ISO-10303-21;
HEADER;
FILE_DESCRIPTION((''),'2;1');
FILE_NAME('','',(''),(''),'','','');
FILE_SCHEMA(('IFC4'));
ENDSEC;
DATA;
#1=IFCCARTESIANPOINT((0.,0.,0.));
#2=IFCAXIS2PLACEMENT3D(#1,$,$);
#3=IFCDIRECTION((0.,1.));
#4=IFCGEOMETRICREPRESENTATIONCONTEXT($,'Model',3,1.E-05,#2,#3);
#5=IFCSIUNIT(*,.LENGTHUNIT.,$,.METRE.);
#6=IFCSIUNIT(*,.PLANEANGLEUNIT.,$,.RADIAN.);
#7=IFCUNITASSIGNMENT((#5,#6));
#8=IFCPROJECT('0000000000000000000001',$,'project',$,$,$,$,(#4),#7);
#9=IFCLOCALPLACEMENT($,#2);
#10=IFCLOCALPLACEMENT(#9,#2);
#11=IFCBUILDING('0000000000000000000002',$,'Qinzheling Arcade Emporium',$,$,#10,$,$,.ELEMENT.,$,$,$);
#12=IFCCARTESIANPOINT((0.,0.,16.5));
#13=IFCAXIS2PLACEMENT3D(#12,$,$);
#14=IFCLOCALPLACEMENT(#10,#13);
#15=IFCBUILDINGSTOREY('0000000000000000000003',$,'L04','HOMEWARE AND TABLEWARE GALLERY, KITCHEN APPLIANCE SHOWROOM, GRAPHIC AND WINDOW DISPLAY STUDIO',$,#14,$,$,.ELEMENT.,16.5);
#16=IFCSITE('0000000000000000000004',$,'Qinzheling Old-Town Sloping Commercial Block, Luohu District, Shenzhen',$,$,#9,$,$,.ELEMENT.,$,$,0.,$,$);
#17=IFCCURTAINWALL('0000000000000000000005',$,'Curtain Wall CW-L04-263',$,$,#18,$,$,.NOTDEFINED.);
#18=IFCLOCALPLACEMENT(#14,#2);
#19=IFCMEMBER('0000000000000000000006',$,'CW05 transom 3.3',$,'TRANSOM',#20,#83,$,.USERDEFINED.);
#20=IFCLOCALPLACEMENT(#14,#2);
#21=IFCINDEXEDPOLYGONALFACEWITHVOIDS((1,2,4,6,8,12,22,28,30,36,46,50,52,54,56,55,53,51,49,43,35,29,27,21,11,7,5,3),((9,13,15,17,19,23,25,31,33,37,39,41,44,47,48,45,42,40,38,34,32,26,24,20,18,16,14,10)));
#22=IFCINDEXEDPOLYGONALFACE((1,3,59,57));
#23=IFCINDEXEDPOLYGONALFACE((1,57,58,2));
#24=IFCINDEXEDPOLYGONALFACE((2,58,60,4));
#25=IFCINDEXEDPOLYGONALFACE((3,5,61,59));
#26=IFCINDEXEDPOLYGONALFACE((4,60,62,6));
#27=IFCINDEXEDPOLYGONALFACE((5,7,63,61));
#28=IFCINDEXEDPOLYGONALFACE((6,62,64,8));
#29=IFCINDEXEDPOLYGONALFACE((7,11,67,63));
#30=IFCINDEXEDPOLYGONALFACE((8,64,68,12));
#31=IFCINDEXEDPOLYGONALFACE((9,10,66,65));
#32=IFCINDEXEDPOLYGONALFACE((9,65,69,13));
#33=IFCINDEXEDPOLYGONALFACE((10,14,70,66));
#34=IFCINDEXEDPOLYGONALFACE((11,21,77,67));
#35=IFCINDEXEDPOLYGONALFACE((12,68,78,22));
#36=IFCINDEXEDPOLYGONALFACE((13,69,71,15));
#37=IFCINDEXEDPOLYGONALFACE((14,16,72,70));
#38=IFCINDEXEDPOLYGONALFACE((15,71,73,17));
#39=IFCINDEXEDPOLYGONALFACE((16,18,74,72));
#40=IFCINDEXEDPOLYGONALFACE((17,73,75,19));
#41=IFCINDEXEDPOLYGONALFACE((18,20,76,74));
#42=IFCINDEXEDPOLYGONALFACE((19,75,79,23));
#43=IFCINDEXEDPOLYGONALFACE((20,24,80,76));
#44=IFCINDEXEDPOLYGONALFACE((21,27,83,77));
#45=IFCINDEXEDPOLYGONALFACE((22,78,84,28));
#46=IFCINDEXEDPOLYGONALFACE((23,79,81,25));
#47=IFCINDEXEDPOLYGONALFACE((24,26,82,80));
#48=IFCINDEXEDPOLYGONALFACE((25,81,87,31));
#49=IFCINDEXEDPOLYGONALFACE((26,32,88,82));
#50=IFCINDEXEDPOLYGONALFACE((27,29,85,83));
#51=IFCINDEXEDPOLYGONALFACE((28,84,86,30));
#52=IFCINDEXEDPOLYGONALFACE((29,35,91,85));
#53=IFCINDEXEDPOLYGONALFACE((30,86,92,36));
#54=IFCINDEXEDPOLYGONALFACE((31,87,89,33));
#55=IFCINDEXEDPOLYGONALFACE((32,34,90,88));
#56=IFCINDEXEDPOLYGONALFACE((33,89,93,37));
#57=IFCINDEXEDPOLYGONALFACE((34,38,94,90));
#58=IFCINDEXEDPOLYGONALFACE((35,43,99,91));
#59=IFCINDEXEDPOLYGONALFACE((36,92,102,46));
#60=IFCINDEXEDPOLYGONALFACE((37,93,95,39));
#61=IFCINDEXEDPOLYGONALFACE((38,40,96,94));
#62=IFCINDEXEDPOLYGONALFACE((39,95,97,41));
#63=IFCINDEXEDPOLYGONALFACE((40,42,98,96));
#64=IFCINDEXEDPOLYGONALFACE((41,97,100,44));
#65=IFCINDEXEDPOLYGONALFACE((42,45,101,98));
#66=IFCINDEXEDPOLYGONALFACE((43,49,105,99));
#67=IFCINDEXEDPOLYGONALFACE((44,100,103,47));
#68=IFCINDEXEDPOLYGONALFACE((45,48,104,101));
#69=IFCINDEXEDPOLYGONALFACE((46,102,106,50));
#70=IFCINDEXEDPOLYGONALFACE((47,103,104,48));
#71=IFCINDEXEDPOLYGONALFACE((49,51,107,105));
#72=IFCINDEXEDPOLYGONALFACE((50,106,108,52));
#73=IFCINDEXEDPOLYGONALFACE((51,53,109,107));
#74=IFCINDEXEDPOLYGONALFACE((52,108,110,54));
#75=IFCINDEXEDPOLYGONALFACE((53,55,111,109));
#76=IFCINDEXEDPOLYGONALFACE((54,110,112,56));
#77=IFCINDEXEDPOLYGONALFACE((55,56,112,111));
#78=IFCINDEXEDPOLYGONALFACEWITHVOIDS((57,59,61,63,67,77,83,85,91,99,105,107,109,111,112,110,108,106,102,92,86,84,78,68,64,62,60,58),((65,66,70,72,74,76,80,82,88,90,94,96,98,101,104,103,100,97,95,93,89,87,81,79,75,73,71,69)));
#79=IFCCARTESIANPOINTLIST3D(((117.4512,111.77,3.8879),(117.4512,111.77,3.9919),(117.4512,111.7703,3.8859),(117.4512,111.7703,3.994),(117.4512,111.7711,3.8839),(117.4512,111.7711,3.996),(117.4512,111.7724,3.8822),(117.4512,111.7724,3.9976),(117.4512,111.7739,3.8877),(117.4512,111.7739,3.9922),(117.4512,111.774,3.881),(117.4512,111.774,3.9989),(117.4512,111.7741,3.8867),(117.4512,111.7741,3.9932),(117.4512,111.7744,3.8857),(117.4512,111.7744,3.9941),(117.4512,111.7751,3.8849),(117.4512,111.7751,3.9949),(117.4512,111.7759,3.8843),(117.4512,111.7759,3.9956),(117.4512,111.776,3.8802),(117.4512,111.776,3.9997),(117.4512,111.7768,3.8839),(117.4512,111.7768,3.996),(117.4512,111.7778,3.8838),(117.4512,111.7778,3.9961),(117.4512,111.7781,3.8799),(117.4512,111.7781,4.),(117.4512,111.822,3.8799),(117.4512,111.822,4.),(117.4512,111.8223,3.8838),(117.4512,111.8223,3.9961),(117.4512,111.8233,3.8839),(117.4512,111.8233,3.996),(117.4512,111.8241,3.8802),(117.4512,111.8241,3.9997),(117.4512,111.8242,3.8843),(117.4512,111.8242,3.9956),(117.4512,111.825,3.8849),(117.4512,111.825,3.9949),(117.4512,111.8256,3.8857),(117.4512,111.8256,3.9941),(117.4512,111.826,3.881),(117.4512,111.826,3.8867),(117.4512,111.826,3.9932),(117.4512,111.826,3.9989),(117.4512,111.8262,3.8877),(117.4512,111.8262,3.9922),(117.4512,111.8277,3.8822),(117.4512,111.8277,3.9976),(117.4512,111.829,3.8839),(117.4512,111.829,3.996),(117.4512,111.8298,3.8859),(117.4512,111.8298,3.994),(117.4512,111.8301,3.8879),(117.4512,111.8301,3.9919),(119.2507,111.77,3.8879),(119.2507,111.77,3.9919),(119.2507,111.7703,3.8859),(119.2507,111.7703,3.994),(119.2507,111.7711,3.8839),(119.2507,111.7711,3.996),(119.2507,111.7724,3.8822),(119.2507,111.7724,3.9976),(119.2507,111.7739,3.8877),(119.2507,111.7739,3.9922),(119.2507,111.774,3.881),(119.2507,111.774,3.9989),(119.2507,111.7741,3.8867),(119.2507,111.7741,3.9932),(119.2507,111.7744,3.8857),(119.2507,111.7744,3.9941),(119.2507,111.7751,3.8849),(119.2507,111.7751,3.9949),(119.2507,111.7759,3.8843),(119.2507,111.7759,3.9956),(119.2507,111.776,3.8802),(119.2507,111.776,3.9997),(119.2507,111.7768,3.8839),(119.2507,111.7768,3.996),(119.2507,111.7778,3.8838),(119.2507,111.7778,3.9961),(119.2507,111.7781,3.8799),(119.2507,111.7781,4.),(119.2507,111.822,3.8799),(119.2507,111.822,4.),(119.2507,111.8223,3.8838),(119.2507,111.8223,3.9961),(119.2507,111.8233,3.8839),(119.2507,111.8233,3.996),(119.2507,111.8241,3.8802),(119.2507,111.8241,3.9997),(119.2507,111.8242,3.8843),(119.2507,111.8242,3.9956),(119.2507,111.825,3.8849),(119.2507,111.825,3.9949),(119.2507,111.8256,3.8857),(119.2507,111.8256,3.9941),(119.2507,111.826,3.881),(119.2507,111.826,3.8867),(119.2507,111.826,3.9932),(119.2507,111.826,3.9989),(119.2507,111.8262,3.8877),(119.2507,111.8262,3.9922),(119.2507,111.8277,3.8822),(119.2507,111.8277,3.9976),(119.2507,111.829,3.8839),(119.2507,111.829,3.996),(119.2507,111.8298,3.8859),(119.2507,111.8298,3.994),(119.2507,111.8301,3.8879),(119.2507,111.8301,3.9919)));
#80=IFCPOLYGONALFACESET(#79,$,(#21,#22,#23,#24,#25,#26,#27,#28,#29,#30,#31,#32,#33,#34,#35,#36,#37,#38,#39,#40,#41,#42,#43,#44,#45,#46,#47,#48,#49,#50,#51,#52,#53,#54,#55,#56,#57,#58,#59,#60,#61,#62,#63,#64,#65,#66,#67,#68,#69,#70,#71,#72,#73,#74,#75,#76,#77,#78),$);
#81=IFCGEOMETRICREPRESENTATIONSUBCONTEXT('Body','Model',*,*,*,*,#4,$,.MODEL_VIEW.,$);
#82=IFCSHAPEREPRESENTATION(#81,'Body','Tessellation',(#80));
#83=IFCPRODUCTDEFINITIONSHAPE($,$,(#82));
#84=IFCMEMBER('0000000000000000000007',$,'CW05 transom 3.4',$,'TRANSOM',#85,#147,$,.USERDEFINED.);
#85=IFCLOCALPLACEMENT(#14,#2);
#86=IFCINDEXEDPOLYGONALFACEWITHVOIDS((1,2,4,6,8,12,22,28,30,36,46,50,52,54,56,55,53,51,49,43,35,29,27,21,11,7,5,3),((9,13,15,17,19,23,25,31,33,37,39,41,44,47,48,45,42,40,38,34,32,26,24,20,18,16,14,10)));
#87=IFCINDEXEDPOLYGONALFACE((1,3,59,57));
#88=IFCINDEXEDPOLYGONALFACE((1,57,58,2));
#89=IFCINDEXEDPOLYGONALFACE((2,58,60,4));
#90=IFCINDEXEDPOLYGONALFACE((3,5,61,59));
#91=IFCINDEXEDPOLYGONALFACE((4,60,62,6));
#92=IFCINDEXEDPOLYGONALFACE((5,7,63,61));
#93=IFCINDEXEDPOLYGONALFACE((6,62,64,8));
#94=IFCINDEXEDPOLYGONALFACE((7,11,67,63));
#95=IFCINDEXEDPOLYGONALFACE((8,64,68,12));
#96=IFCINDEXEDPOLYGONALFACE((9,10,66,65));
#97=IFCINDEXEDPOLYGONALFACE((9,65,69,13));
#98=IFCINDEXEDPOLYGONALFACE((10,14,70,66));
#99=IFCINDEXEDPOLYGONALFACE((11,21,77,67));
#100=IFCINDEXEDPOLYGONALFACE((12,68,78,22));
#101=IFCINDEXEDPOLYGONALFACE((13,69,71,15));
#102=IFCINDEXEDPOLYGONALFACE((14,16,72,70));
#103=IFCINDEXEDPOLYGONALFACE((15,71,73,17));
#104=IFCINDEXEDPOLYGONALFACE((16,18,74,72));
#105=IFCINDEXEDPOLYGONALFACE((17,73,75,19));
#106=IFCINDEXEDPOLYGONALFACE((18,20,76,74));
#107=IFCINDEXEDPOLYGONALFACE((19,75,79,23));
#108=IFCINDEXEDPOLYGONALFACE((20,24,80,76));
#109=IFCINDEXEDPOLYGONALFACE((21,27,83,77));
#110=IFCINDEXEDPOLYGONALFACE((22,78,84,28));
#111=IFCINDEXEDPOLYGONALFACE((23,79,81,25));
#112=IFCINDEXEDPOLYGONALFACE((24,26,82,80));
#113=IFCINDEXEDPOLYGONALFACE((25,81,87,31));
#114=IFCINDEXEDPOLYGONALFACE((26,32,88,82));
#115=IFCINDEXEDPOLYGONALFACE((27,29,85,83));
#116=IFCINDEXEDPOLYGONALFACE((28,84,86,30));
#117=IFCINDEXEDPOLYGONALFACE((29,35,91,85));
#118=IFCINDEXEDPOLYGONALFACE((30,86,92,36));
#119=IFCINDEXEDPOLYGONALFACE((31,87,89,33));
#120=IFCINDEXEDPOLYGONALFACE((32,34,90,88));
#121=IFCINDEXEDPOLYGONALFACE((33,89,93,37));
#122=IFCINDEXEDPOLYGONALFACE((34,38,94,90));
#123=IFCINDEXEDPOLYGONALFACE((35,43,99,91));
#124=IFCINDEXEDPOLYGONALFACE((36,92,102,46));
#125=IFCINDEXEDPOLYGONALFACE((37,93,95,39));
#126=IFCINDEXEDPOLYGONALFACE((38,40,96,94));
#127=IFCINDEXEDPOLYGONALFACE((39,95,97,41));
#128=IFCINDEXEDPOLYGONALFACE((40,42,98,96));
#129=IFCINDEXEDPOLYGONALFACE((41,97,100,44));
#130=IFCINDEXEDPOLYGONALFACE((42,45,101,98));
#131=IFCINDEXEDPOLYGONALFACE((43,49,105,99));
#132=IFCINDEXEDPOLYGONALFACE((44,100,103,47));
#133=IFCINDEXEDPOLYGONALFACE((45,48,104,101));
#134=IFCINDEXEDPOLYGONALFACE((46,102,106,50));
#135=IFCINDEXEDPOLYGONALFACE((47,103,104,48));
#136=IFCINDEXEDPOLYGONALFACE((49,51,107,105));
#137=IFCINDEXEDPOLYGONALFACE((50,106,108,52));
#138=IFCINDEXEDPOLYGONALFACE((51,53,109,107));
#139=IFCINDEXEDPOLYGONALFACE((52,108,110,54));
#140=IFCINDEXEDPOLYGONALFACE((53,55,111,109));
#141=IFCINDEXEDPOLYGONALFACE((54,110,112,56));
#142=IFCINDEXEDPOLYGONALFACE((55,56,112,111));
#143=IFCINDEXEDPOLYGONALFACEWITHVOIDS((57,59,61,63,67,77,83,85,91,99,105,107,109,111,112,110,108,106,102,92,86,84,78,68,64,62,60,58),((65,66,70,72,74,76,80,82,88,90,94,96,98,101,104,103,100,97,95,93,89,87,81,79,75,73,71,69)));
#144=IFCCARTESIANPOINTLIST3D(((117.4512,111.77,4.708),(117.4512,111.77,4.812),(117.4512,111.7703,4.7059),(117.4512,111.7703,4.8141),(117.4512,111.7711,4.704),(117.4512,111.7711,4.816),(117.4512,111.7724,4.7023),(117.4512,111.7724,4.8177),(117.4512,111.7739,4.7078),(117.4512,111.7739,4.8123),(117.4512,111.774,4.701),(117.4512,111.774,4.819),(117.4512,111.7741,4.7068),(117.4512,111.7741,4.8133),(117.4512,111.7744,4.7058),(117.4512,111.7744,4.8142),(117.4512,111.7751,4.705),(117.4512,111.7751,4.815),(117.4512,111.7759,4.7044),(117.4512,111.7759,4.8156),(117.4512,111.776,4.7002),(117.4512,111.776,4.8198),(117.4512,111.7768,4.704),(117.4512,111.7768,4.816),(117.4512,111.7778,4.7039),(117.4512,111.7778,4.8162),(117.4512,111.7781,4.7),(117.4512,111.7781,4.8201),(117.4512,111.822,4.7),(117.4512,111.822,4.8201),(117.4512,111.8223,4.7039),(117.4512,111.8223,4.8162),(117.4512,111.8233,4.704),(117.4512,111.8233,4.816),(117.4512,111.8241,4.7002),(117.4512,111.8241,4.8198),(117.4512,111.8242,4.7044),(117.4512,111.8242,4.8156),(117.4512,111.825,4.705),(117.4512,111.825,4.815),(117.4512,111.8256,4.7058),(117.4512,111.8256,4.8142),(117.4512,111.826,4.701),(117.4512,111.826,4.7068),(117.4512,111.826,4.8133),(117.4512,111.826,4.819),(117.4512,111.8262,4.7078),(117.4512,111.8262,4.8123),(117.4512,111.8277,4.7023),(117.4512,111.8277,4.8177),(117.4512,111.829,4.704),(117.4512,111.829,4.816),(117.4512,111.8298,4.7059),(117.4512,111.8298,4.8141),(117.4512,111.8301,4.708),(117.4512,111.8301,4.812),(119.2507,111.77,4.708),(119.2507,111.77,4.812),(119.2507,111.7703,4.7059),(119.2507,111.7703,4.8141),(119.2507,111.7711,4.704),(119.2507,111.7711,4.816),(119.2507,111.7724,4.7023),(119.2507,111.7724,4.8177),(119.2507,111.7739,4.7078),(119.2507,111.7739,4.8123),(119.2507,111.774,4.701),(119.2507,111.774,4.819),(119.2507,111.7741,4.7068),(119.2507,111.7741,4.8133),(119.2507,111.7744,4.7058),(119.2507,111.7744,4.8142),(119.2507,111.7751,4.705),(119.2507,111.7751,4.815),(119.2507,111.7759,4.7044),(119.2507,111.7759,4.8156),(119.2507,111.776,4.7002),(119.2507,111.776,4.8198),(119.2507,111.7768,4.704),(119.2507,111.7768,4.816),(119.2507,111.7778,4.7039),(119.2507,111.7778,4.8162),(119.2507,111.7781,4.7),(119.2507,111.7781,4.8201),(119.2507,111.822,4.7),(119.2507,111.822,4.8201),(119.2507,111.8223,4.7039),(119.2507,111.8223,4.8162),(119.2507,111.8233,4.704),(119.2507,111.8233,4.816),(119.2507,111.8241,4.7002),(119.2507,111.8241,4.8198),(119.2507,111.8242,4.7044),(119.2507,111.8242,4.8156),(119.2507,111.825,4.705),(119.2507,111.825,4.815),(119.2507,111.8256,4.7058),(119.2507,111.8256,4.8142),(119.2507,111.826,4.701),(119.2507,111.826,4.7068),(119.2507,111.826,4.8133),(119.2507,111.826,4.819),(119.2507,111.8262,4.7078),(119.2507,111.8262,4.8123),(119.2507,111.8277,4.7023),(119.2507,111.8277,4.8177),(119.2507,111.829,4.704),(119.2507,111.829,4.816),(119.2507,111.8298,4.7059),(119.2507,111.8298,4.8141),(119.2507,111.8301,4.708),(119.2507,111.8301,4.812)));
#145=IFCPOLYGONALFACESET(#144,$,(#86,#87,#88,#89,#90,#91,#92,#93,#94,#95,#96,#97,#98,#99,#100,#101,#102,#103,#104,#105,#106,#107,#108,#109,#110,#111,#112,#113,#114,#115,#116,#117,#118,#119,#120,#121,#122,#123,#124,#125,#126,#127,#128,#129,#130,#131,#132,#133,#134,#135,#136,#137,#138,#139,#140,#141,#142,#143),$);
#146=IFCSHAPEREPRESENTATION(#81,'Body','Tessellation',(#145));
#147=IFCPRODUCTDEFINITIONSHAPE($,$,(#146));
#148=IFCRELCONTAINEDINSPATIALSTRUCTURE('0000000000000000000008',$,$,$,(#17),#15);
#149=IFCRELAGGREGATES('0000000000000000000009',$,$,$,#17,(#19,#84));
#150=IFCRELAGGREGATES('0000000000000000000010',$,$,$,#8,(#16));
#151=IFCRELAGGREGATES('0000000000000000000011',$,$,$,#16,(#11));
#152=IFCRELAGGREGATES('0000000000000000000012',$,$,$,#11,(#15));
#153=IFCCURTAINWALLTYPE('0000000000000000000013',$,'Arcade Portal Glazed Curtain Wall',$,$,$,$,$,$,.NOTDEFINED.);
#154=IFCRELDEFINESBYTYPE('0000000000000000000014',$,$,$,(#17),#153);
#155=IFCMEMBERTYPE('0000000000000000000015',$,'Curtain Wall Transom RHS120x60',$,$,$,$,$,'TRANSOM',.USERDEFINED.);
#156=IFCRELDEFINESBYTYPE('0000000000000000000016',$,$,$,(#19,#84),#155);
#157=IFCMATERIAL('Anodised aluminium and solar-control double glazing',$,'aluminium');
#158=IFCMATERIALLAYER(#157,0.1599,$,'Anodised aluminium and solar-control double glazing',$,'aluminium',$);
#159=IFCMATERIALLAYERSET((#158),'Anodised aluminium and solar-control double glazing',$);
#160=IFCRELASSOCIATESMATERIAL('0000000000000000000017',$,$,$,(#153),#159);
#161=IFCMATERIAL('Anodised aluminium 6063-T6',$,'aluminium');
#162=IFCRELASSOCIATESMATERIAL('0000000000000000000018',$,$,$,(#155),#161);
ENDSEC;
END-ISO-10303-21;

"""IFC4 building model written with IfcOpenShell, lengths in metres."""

from ifc_helpers import new_model, si_unit, direction, frame, origin, origin_2d, place, context, subcontext, project, spatial, hollow_rectangle, extrude, material, layer, layer_set, material_profile, profile_set, type_object, element, aggregate, save


model = new_model("IFC4")

# Units and contexts
model_context = context("Model", 3, precision=1e-05, world=origin(), true_north=direction((0.0, 1.0)))
body_context = subcontext(model_context, "Body", "Model", "MODEL_VIEW")
ifc_project = project(units=[si_unit("LENGTHUNIT", "METRE"), si_unit("PLANEANGLEUNIT", "RADIAN")], contexts=[model_context])

# Site, building, storey
site_placement = place(None, origin())
site = spatial("IfcSite", under=ifc_project, at=site_placement, Name="Qinzheling Old-Town Sloping Commercial Block, Luohu District, Shenzhen", CompositionType="ELEMENT", RefElevation=0.0)
building_placement = place(site_placement, origin())
building = spatial("IfcBuilding", under=site, at=building_placement, Name="Qinzheling Arcade Emporium", CompositionType="ELEMENT")
storey_placement = place(building_placement, frame((0.0, 0.0, 16.5)))
storey = spatial("IfcBuildingStorey", under=building, at=storey_placement, Name="L04", Description="HOMEWARE AND TABLEWARE GALLERY, KITCHEN APPLIANCE SHOWROOM, GRAPHIC AND WINDOW DISPLAY STUDIO", CompositionType="ELEMENT", Elevation=16.5)

# Curtain wall, members
ifc_material_1 = material(Name="Anodised aluminium and solar-control double glazing", Category="aluminium")
ifc_layer_1 = layer(ifc_material_1, 0.1599, Name="Anodised aluminium and solar-control double glazing", Category="aluminium")
ifc_layer_set_1 = layer_set([ifc_layer_1], Name="Anodised aluminium and solar-control double glazing")
curtain_wall_type = type_object("IfcCurtainWallType", Name="Arcade Portal Glazed Curtain Wall", PredefinedType="NOTDEFINED", material=ifc_layer_set_1)
curtain_wall_placement = place(storey_placement, origin())
curtain_wall = element("IfcCurtainWall", 1, at=curtain_wall_placement, inside=storey, type_object=curtain_wall_type, Name="Curtain Wall CW-L04-263", PredefinedType="NOTDEFINED")
ifc_material_2 = material(Name="Anodised aluminium 6063-T6", Category="aluminium")
ifc_material_profile_1 = material_profile(ifc_material_2, hollow_rectangle(XDim=0.0601, YDim=0.1201, WallThickness=0.0039, InnerFilletRadius=0.0039, OuterFilletRadius=0.0081, at=origin_2d()), Name="RHS 120x60x4", Category="aluminium")
ifc_profile_set_1 = profile_set([ifc_material_profile_1], Name="Anodised aluminium 6063-T6")
member_type_1 = type_object("IfcMemberType", Name="Curtain Wall Transom RHS120x60", ElementType="TRANSOM", PredefinedType="USERDEFINED", material=ifc_profile_set_1)
member_1_placement = place(storey_placement, frame((117.4512, 111.8, 3.9399), z_axis=(1.0, 0.0, 0.0), x_axis=(0.0, 1.0, 0.0)))
member_1 = element("IfcMember", 2, at=member_1_placement, type_object=member_type_1, Name="CW05 transom 3.3", ObjectType="TRANSOM", PredefinedType="USERDEFINED", context=body_context, shape_type="SweptSolid", body=[
    extrude(hollow_rectangle(XDim=0.0601, YDim=0.1201, WallThickness=0.0039, InnerFilletRadius=0.0039, OuterFilletRadius=0.0081, at=origin_2d()), origin(), (0.0, 0.0, 1.0), 1.7996),
])
member_2_placement = place(storey_placement, frame((117.4512, 111.8, 4.76), z_axis=(1.0, 0.0, 0.0), x_axis=(0.0, 1.0, 0.0)))
member_2 = element("IfcMember", 3, at=member_2_placement, type_object=member_type_1, Name="CW05 transom 3.4", ObjectType="TRANSOM", PredefinedType="USERDEFINED", context=body_context, shape_type="SweptSolid", body=[
    extrude(hollow_rectangle(XDim=0.0601, YDim=0.1201, WallThickness=0.0039, InnerFilletRadius=0.0039, OuterFilletRadius=0.0081, at=origin_2d()), origin(), (0.0, 0.0, 1.0), 1.7996),
])
aggregate(curtain_wall, [member_1, member_2])

save(model, "model.ifc")
